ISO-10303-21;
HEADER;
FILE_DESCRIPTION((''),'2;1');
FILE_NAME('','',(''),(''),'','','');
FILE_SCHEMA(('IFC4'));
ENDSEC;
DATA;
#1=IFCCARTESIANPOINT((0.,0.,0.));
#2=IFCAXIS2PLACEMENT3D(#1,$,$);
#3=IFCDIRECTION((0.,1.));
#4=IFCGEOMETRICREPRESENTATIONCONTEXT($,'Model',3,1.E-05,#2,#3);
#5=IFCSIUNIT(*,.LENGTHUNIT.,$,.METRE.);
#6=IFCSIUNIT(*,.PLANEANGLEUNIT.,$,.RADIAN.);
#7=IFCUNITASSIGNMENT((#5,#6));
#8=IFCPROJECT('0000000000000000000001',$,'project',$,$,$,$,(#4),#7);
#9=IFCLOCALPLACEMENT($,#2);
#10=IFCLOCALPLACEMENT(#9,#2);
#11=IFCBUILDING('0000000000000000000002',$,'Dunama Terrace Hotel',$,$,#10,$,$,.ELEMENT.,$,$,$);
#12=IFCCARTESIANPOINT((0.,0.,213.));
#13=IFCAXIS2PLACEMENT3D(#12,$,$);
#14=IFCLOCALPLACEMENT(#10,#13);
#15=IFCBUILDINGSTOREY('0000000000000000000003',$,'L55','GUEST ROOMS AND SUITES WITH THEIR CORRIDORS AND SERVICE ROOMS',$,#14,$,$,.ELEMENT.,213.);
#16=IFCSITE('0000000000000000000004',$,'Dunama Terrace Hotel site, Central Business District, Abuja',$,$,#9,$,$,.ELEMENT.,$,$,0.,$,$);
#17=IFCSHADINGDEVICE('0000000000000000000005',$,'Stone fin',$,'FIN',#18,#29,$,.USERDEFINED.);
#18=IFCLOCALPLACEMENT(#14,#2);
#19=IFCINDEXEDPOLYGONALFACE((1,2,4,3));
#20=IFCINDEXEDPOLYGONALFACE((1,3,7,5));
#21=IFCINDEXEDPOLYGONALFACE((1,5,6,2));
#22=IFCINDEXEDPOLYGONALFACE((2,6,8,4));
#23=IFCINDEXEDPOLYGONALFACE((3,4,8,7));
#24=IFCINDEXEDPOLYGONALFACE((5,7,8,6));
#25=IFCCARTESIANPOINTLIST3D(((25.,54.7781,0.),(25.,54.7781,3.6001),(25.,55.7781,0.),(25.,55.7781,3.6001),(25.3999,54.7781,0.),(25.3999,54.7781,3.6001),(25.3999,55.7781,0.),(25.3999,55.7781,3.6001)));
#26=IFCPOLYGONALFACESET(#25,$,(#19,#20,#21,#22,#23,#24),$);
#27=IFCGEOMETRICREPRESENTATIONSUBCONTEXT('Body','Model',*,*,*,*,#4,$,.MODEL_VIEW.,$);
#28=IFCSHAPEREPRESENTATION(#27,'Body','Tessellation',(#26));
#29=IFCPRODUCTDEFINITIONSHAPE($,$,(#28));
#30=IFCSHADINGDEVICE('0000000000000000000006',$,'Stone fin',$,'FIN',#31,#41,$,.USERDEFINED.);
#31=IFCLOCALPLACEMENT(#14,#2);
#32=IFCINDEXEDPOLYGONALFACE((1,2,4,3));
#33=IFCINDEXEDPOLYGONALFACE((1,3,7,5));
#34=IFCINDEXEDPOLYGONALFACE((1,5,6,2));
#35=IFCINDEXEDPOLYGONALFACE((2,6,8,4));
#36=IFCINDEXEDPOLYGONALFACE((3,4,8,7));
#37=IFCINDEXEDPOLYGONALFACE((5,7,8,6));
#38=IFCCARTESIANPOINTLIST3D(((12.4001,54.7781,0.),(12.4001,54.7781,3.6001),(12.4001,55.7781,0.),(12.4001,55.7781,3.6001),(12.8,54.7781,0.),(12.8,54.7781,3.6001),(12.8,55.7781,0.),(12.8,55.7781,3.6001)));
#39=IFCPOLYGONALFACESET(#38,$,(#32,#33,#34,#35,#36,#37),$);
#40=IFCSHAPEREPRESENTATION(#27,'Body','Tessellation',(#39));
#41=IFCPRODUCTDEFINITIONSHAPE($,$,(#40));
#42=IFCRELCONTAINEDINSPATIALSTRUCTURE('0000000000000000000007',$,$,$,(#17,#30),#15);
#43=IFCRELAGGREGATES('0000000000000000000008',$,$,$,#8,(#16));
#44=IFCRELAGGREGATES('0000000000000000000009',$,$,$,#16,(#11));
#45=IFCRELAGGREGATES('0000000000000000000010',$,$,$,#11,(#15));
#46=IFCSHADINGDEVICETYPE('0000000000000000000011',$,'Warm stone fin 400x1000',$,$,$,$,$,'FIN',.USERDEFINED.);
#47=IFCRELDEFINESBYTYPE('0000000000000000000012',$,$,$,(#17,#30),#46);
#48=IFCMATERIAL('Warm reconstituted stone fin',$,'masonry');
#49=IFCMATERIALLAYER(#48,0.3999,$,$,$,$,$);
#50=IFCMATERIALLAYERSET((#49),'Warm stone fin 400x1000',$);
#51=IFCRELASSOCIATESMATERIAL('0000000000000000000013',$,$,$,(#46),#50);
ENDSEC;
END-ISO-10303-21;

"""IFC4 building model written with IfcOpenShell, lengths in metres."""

from ifc_helpers import new_model, si_unit, direction, frame, origin, origin_2d, place, context, subcontext, project, spatial, rectangle, extrude, material, layer, layer_set, type_object, element, save


model = new_model("IFC4")

# Units and contexts
model_context = context("Model", 3, precision=1e-05, world=origin(), true_north=direction((0.0, 1.0)))
body_context = subcontext(model_context, "Body", "Model", "MODEL_VIEW")
ifc_project = project(units=[si_unit("LENGTHUNIT", "METRE"), si_unit("PLANEANGLEUNIT", "RADIAN")], contexts=[model_context])

# Site, building, storey
site_placement = place(None, origin())
site = spatial("IfcSite", under=ifc_project, at=site_placement, Name="Dunama Terrace Hotel site, Central Business District, Abuja", CompositionType="ELEMENT", RefElevation=0.0)
building_placement = place(site_placement, origin())
building = spatial("IfcBuilding", under=site, at=building_placement, Name="Dunama Terrace Hotel", CompositionType="ELEMENT")
storey_placement = place(building_placement, frame((0.0, 0.0, 213.0)))
storey = spatial("IfcBuildingStorey", under=building, at=storey_placement, Name="L55", Description="GUEST ROOMS AND SUITES WITH THEIR CORRIDORS AND SERVICE ROOMS", CompositionType="ELEMENT", Elevation=213.0)

# Shading devices
ifc_material_1 = material(Name="Warm reconstituted stone fin", Category="masonry")
ifc_layer_1 = layer(ifc_material_1, 0.3999)
ifc_layer_set_1 = layer_set([ifc_layer_1], Name="Warm stone fin 400x1000")
shading_device_type = type_object("IfcShadingDeviceType", Name="Warm stone fin 400x1000", ElementType="FIN", PredefinedType="USERDEFINED", material=ifc_layer_set_1)
for number, where, z_axis, x_axis, name in (
    (1, (25.2, 55.2781, 0.0), (0.0, 0.0, 1.0), (-1.0, 0.0, 0.0), "Stone fin"),
    (2, (12.6001, 55.2781, 0.0), (0.0, 0.0, 1.0), (-1.0, 0.0, 0.0), "Stone fin"),
):
    element("IfcShadingDevice", number, at=place(storey_placement, frame(where, z_axis=z_axis, x_axis=x_axis)), inside=storey, type_object=shading_device_type, Name=name, ObjectType="FIN", PredefinedType="USERDEFINED", context=body_context, shape_type="SweptSolid", body=[
        extrude(rectangle(XDim=0.3999, YDim=1.0, at=origin_2d()), origin(), (0.0, 0.0, 1.0), 3.6001),
    ])

save(model, "model.ifc")
